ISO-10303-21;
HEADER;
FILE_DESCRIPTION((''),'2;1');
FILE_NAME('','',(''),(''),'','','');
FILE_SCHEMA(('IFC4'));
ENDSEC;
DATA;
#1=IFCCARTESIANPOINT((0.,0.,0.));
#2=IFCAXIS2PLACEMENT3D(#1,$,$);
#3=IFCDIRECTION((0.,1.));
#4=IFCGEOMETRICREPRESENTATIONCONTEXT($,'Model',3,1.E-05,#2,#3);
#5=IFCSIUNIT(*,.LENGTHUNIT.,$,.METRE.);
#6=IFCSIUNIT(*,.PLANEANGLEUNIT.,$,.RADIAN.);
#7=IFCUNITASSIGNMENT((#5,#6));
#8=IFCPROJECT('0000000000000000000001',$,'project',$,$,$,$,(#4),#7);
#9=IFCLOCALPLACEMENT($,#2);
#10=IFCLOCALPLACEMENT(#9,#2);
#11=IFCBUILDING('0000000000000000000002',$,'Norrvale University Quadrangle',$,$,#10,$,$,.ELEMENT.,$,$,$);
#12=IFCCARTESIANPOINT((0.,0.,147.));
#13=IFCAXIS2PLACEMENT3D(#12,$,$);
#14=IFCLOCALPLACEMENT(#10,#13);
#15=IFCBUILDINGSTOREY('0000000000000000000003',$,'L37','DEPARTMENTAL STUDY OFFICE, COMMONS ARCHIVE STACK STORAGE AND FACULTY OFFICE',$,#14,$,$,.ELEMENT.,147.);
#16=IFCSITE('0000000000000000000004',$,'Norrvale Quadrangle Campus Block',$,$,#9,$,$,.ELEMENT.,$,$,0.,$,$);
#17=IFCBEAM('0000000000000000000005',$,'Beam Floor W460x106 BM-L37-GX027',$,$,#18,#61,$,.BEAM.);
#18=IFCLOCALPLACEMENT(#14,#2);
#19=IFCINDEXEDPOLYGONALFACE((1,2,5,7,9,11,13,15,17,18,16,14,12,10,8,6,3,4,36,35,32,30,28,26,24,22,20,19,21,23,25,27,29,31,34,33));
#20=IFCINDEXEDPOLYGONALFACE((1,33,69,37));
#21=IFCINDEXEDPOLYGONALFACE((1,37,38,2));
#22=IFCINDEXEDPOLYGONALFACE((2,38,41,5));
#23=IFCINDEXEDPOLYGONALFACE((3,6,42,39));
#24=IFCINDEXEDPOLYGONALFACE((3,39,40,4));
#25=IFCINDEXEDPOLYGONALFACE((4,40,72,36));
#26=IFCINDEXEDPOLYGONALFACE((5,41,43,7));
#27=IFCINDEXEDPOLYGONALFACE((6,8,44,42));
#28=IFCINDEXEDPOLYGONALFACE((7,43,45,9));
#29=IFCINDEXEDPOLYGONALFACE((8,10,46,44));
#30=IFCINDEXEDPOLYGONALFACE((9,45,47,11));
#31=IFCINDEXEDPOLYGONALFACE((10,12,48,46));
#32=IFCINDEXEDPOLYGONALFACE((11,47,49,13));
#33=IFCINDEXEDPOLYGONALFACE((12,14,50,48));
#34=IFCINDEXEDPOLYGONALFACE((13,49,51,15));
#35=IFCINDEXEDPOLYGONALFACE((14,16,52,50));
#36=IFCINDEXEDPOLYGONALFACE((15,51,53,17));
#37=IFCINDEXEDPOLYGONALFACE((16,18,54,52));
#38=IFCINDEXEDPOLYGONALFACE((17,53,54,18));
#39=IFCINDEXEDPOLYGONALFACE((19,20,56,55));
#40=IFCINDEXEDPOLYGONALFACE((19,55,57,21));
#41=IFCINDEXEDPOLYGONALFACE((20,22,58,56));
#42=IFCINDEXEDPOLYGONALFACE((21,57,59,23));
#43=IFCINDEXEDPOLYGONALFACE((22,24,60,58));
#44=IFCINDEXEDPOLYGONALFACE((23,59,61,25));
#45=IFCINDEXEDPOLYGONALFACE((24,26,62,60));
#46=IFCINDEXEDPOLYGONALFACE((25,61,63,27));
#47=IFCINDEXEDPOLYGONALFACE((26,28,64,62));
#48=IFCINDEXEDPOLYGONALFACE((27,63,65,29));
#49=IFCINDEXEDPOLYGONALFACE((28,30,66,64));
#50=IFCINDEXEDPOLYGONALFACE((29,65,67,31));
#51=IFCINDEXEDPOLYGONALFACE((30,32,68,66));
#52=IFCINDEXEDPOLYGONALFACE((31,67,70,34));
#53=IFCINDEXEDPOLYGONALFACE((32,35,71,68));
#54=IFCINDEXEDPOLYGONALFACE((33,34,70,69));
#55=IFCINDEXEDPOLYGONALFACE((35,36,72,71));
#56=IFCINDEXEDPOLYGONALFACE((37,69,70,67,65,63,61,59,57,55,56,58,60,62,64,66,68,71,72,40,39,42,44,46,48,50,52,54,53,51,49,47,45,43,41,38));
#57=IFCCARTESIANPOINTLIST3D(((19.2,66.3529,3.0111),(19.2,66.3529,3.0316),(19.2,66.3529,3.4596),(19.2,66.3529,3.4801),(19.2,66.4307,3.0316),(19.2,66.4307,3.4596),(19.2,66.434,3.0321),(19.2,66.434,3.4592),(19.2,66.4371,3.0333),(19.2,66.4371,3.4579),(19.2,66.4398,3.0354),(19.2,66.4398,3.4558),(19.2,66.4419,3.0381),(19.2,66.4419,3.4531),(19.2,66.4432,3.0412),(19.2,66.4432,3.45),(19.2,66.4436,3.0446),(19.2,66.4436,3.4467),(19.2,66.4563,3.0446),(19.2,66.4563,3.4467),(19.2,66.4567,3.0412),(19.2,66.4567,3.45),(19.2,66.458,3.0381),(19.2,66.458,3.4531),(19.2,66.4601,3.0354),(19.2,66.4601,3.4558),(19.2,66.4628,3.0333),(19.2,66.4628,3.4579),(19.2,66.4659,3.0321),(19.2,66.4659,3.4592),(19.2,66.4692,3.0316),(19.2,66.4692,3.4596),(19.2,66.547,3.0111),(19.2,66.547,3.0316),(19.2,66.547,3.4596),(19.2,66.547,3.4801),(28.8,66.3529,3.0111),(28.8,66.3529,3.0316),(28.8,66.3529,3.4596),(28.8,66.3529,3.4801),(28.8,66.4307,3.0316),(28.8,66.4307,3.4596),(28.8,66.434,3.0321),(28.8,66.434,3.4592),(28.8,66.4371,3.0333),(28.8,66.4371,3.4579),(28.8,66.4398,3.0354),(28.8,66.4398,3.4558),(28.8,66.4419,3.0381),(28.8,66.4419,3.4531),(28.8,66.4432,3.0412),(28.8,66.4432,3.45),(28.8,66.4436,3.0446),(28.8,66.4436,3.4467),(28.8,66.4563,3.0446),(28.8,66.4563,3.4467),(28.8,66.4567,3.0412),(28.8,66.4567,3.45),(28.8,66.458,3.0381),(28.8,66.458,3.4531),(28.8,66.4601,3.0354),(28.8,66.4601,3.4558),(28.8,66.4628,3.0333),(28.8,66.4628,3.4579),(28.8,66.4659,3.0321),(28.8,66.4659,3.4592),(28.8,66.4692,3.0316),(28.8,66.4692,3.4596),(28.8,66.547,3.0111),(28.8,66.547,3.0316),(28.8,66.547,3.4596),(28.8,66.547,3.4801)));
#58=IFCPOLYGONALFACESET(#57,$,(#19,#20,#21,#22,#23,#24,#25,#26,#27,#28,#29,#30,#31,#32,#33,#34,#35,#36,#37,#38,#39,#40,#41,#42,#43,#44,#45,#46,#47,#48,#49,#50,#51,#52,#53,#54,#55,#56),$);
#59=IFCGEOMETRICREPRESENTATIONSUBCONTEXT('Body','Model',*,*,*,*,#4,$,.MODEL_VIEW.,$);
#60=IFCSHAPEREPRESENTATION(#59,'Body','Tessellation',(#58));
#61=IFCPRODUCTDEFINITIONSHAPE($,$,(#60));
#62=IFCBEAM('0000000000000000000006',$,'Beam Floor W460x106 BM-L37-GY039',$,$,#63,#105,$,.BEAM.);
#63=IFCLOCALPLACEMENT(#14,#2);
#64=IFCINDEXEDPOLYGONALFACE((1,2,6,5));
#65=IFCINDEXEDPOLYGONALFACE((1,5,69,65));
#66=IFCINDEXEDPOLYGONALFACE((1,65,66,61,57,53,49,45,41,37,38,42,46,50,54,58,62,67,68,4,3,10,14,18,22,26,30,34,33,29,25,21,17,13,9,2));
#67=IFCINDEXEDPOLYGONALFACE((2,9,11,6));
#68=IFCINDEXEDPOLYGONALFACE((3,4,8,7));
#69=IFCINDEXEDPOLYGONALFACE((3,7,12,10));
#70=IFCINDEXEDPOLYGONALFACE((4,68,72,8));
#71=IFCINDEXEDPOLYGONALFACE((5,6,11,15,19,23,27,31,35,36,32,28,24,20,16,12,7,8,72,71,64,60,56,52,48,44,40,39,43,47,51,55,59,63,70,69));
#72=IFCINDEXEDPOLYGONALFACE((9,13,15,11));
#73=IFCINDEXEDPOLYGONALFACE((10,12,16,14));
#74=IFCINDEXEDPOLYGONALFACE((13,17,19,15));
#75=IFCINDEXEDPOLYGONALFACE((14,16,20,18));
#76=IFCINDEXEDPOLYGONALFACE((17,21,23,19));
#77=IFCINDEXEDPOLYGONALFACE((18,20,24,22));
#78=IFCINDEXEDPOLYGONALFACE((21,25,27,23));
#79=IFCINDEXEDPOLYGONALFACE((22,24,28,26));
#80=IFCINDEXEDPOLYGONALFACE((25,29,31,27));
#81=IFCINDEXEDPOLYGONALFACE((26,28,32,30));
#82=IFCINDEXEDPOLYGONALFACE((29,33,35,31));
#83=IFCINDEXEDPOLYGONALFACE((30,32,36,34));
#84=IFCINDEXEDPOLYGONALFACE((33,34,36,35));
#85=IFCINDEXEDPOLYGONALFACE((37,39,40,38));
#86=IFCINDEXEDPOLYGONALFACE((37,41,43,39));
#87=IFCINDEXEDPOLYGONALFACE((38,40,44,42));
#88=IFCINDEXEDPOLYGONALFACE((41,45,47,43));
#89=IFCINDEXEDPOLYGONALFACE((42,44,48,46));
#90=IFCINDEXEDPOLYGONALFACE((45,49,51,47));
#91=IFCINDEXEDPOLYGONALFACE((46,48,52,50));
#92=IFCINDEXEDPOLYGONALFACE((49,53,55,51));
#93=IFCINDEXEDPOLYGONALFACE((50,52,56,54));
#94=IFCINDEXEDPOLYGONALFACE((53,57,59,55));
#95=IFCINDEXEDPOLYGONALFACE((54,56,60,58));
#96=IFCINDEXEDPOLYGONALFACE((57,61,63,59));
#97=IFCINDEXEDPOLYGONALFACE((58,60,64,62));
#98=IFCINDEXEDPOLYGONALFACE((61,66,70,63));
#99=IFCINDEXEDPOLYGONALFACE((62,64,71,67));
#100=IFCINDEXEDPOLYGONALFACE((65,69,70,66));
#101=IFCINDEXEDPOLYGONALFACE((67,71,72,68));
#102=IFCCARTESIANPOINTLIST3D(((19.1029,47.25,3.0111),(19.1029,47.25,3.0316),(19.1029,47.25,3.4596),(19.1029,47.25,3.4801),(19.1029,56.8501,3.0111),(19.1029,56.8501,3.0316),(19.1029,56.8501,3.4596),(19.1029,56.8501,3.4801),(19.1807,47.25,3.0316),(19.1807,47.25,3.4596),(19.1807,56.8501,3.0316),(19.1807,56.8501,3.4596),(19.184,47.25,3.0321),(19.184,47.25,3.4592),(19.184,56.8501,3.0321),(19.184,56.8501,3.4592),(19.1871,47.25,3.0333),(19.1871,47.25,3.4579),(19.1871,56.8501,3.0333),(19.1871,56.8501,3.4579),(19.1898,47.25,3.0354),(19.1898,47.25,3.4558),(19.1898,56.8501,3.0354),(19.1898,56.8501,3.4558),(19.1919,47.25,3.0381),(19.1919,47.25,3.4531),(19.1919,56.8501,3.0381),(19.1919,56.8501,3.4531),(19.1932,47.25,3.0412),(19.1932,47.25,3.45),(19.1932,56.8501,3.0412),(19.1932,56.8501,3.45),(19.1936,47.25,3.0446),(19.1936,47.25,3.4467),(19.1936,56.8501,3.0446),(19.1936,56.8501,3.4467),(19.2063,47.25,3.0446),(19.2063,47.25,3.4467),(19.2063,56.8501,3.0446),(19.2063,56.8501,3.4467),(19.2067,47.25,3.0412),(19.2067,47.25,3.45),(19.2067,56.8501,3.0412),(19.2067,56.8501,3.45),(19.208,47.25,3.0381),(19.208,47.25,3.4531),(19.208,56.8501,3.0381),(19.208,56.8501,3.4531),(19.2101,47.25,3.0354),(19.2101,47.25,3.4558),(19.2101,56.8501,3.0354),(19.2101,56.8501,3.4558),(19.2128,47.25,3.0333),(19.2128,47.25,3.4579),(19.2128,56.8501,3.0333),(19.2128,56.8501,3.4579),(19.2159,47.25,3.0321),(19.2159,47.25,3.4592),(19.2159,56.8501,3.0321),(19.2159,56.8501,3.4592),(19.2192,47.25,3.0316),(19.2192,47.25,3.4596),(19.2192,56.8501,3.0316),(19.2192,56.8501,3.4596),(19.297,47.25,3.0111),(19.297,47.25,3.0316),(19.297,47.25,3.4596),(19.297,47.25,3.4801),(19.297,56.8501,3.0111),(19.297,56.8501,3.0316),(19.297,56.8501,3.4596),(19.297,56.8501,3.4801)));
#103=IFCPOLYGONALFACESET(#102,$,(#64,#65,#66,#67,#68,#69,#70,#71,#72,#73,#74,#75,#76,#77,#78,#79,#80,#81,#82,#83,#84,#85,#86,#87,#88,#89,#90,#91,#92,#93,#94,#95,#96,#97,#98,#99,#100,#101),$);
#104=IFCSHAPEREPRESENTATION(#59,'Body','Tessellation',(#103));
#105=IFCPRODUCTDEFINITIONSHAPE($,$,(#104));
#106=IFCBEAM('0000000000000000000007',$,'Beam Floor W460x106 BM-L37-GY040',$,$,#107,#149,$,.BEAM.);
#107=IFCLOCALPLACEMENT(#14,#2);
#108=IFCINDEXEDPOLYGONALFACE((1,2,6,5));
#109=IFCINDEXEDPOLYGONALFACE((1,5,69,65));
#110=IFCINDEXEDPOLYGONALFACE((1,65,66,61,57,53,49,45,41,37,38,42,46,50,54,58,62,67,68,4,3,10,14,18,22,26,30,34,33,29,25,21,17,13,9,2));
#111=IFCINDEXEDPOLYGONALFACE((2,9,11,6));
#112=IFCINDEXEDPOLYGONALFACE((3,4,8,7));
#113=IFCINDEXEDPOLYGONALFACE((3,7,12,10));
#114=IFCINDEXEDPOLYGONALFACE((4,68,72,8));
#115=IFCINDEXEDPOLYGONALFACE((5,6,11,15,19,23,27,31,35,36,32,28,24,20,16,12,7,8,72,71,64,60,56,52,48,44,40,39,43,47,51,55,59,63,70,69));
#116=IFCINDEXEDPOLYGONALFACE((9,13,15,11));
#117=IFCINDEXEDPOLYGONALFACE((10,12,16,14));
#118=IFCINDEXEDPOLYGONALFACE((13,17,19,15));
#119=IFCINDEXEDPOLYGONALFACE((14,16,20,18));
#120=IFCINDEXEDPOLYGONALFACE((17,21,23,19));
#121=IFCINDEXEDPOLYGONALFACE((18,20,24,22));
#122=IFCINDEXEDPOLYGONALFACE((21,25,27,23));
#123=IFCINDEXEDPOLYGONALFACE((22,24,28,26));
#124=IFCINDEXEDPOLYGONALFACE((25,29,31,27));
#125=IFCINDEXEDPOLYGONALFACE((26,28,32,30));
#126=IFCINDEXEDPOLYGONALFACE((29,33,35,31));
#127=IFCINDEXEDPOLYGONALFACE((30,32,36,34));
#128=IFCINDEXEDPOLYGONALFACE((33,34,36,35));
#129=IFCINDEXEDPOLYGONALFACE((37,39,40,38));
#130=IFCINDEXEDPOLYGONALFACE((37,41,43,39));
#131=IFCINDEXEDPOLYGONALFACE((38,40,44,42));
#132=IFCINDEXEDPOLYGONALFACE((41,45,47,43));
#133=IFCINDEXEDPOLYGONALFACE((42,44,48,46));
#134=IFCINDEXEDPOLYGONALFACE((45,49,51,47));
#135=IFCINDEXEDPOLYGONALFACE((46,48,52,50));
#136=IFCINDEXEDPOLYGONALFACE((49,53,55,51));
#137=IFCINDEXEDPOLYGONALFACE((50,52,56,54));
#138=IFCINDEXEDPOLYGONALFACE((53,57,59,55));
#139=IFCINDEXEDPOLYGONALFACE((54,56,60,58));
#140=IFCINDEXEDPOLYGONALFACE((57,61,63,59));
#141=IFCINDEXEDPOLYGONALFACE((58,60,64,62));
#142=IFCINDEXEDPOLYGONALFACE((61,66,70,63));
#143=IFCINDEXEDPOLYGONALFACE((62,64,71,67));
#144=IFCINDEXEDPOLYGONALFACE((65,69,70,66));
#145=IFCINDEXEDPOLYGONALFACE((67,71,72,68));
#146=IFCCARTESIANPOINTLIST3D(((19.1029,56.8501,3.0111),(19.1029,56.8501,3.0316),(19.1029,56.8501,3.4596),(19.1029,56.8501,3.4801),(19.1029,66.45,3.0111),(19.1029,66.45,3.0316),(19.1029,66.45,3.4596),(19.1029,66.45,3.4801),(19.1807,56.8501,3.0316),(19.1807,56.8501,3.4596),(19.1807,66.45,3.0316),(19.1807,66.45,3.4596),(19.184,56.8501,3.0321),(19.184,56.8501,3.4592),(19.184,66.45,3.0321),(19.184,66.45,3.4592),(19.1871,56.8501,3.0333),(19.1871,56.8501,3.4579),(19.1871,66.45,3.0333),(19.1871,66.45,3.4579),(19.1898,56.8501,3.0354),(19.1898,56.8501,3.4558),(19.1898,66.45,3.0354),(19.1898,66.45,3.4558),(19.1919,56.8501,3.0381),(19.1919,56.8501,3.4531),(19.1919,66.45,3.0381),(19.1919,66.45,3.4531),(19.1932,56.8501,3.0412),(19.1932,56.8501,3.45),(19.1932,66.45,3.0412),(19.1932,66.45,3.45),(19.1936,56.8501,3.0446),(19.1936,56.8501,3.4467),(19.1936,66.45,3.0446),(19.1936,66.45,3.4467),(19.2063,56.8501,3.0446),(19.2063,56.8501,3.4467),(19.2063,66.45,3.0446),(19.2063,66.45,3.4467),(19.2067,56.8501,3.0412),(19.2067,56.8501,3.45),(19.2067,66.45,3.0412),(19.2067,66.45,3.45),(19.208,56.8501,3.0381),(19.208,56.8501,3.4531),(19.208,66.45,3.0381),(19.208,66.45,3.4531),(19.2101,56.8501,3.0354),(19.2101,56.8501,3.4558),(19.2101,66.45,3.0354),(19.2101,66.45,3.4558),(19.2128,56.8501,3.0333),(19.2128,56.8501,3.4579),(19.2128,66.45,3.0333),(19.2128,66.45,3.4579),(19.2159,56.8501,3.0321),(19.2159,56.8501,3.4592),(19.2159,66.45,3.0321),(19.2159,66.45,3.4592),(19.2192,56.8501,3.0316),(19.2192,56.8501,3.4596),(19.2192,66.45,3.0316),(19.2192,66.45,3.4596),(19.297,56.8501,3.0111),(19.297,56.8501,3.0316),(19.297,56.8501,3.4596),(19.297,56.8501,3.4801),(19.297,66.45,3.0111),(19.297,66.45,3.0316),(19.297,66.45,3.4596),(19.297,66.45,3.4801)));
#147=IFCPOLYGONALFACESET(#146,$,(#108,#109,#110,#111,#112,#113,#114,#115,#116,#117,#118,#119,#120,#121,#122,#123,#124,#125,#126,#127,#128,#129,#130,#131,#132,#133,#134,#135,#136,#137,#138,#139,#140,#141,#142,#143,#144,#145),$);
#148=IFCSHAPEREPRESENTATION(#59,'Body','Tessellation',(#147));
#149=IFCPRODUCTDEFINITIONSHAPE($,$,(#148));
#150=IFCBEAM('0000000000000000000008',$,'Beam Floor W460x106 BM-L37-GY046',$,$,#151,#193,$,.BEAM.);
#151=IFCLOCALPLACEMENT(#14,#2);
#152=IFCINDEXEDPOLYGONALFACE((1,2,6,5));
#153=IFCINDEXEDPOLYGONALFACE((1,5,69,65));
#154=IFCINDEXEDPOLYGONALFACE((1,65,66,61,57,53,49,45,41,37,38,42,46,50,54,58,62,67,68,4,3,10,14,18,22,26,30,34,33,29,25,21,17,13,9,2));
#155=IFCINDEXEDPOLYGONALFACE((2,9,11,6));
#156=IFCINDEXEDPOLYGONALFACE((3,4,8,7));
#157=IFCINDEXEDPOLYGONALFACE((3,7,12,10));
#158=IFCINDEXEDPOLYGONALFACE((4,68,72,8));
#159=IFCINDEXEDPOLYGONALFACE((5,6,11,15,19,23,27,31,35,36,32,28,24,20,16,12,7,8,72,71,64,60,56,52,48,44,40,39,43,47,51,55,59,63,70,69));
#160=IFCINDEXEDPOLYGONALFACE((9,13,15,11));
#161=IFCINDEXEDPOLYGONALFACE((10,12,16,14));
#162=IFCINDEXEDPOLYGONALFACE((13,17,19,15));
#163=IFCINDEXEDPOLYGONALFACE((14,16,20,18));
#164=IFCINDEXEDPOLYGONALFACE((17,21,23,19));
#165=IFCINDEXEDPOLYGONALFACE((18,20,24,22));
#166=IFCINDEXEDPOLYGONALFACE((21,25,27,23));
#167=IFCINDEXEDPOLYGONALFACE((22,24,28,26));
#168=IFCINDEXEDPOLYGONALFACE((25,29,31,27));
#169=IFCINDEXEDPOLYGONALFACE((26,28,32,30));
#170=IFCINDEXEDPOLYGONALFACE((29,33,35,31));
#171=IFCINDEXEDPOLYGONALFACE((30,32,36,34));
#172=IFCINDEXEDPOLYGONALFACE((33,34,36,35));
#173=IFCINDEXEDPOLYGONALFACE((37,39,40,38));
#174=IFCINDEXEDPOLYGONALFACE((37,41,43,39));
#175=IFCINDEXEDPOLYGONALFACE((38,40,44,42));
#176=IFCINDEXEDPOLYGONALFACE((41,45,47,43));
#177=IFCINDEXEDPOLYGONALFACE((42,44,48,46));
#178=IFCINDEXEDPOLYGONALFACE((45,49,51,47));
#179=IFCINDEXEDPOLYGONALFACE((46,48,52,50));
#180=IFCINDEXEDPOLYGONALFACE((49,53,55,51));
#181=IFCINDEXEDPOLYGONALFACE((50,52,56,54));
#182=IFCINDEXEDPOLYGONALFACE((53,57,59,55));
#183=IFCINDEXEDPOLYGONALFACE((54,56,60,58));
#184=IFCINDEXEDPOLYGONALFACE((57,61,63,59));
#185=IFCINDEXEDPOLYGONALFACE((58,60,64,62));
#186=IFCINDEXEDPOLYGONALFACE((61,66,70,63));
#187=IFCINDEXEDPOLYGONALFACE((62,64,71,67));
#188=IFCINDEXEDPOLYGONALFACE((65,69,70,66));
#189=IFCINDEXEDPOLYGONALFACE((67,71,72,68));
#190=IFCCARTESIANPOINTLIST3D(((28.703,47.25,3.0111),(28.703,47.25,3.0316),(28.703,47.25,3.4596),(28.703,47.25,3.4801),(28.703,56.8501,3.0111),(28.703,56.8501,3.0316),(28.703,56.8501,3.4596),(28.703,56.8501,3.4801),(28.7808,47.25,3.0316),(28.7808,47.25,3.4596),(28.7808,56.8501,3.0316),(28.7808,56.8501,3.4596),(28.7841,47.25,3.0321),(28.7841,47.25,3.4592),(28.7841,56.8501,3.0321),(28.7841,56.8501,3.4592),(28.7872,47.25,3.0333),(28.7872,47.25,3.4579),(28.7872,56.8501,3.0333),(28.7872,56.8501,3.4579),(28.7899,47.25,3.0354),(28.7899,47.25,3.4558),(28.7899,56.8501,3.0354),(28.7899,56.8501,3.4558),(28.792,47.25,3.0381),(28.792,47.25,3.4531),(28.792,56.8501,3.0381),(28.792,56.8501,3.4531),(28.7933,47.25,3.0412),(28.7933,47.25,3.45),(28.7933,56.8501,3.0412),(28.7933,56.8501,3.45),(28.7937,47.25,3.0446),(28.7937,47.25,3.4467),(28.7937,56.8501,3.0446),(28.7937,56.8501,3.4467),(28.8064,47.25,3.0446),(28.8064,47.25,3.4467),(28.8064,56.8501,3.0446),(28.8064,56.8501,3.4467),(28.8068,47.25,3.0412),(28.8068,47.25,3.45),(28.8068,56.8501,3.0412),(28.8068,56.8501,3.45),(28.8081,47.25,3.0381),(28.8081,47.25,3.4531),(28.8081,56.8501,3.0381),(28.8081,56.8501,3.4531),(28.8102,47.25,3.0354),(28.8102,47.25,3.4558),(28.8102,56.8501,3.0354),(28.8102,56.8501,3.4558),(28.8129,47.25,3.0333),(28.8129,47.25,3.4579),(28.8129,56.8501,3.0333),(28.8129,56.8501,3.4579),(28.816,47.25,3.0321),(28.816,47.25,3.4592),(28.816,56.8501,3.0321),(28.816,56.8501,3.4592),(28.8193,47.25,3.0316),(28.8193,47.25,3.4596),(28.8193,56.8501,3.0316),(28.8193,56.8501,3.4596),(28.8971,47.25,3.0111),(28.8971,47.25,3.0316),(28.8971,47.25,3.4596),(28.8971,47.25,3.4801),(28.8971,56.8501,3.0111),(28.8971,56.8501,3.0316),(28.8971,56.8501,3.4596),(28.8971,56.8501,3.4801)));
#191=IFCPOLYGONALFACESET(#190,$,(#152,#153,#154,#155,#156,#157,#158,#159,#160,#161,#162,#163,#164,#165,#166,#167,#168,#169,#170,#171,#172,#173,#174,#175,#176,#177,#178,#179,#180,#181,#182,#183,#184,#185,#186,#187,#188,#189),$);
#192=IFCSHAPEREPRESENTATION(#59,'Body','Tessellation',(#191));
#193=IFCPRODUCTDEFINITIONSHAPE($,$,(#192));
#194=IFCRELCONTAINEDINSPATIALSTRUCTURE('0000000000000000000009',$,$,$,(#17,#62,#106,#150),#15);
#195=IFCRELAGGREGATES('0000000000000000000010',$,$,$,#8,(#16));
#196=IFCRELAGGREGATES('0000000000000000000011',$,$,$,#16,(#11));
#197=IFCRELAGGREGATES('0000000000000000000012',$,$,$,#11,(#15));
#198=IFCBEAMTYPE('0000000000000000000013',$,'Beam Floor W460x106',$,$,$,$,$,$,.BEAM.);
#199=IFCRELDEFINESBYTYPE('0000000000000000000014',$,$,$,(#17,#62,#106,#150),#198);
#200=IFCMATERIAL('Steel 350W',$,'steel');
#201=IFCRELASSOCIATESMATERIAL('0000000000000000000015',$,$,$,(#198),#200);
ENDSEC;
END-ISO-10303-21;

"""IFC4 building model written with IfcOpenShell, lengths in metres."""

from ifc_helpers import new_model, si_unit, direction, frame, origin, origin_2d, place, context, subcontext, project, spatial, i_section, extrude, material, material_profile, profile_set, type_object, element, save


model = new_model("IFC4")

# Units and contexts
model_context = context("Model", 3, precision=1e-05, world=origin(), true_north=direction((0.0, 1.0)))
body_context = subcontext(model_context, "Body", "Model", "MODEL_VIEW")
ifc_project = project(units=[si_unit("LENGTHUNIT", "METRE"), si_unit("PLANEANGLEUNIT", "RADIAN")], contexts=[model_context])

# Site, building, storey
site_placement = place(None, origin())
site = spatial("IfcSite", under=ifc_project, at=site_placement, Name="Norrvale Quadrangle Campus Block", CompositionType="ELEMENT", RefElevation=0.0)
building_placement = place(site_placement, origin())
building = spatial("IfcBuilding", under=site, at=building_placement, Name="Norrvale University Quadrangle", CompositionType="ELEMENT")
storey_placement = place(building_placement, frame((0.0, 0.0, 147.0)))
storey = spatial("IfcBuildingStorey", under=building, at=storey_placement, Name="L37", Description="DEPARTMENTAL STUDY OFFICE, COMMONS ARCHIVE STACK STORAGE AND FACULTY OFFICE", CompositionType="ELEMENT", Elevation=147.0)

# Beams
ifc_material_1 = material(Name="Steel 350W", Category="steel")
ifc_material_profile_1 = material_profile(ifc_material_1, i_section(OverallWidth=0.1941, OverallDepth=0.469, WebThickness=0.0127, FlangeThickness=0.0205, FilletRadius=0.0129, at=origin_2d()), Name="Steel 350W")
ifc_profile_set_1 = profile_set([ifc_material_profile_1], Name="Steel 350W")
beam_type_1 = type_object("IfcBeamType", Name="Beam Floor W460x106", PredefinedType="BEAM", material=ifc_profile_set_1)
for number, where, z_axis, x_axis, name in (
    (1, (19.2, 66.45, 3.2456), (1.0, 0.0, 0.0), (0.0, 1.0, 0.0), "Beam Floor W460x106 BM-L37-GX027"),
    (2, (19.2, 47.25, 3.2456), (0.0, 1.0, 0.0), (-1.0, 0.0, 0.0), "Beam Floor W460x106 BM-L37-GY039"),
):
    element("IfcBeam", number, at=place(storey_placement, frame(where, z_axis=z_axis, x_axis=x_axis)), inside=storey, type_object=beam_type_1, Name=name, PredefinedType="BEAM", context=body_context, shape_type="SweptSolid", body=[
        extrude(i_section(OverallWidth=0.1941, OverallDepth=0.469, WebThickness=0.0127, FlangeThickness=0.0205, FilletRadius=0.0129, at=origin_2d()), origin(), (0.0, 0.0, 1.0), 9.6001),
    ])
beam_1_placement = place(storey_placement, frame((19.2, 56.8501, 3.2456), z_axis=(0.0, 1.0, 0.0), x_axis=(-1.0, 0.0, 0.0)))
element("IfcBeam", 3, at=beam_1_placement, inside=storey, type_object=beam_type_1, Name="Beam Floor W460x106 BM-L37-GY040", PredefinedType="BEAM", context=body_context, shape_type="SweptSolid", body=[
    extrude(i_section(OverallWidth=0.1941, OverallDepth=0.469, WebThickness=0.0127, FlangeThickness=0.0205, FilletRadius=0.0129, at=origin_2d()), origin(), (0.0, 0.0, 1.0), 9.5999),
])
beam_2_placement = place(storey_placement, frame((28.8, 47.25, 3.2456), z_axis=(0.0, 1.0, 0.0), x_axis=(-1.0, 0.0, 0.0)))
element("IfcBeam", 4, at=beam_2_placement, inside=storey, type_object=beam_type_1, Name="Beam Floor W460x106 BM-L37-GY046", PredefinedType="BEAM", context=body_context, shape_type="SweptSolid", body=[
    extrude(i_section(OverallWidth=0.1941, OverallDepth=0.469, WebThickness=0.0127, FlangeThickness=0.0205, FilletRadius=0.0129, at=origin_2d()), origin(), (0.0, 0.0, 1.0), 9.6001),
])

save(model, "model.ifc")
